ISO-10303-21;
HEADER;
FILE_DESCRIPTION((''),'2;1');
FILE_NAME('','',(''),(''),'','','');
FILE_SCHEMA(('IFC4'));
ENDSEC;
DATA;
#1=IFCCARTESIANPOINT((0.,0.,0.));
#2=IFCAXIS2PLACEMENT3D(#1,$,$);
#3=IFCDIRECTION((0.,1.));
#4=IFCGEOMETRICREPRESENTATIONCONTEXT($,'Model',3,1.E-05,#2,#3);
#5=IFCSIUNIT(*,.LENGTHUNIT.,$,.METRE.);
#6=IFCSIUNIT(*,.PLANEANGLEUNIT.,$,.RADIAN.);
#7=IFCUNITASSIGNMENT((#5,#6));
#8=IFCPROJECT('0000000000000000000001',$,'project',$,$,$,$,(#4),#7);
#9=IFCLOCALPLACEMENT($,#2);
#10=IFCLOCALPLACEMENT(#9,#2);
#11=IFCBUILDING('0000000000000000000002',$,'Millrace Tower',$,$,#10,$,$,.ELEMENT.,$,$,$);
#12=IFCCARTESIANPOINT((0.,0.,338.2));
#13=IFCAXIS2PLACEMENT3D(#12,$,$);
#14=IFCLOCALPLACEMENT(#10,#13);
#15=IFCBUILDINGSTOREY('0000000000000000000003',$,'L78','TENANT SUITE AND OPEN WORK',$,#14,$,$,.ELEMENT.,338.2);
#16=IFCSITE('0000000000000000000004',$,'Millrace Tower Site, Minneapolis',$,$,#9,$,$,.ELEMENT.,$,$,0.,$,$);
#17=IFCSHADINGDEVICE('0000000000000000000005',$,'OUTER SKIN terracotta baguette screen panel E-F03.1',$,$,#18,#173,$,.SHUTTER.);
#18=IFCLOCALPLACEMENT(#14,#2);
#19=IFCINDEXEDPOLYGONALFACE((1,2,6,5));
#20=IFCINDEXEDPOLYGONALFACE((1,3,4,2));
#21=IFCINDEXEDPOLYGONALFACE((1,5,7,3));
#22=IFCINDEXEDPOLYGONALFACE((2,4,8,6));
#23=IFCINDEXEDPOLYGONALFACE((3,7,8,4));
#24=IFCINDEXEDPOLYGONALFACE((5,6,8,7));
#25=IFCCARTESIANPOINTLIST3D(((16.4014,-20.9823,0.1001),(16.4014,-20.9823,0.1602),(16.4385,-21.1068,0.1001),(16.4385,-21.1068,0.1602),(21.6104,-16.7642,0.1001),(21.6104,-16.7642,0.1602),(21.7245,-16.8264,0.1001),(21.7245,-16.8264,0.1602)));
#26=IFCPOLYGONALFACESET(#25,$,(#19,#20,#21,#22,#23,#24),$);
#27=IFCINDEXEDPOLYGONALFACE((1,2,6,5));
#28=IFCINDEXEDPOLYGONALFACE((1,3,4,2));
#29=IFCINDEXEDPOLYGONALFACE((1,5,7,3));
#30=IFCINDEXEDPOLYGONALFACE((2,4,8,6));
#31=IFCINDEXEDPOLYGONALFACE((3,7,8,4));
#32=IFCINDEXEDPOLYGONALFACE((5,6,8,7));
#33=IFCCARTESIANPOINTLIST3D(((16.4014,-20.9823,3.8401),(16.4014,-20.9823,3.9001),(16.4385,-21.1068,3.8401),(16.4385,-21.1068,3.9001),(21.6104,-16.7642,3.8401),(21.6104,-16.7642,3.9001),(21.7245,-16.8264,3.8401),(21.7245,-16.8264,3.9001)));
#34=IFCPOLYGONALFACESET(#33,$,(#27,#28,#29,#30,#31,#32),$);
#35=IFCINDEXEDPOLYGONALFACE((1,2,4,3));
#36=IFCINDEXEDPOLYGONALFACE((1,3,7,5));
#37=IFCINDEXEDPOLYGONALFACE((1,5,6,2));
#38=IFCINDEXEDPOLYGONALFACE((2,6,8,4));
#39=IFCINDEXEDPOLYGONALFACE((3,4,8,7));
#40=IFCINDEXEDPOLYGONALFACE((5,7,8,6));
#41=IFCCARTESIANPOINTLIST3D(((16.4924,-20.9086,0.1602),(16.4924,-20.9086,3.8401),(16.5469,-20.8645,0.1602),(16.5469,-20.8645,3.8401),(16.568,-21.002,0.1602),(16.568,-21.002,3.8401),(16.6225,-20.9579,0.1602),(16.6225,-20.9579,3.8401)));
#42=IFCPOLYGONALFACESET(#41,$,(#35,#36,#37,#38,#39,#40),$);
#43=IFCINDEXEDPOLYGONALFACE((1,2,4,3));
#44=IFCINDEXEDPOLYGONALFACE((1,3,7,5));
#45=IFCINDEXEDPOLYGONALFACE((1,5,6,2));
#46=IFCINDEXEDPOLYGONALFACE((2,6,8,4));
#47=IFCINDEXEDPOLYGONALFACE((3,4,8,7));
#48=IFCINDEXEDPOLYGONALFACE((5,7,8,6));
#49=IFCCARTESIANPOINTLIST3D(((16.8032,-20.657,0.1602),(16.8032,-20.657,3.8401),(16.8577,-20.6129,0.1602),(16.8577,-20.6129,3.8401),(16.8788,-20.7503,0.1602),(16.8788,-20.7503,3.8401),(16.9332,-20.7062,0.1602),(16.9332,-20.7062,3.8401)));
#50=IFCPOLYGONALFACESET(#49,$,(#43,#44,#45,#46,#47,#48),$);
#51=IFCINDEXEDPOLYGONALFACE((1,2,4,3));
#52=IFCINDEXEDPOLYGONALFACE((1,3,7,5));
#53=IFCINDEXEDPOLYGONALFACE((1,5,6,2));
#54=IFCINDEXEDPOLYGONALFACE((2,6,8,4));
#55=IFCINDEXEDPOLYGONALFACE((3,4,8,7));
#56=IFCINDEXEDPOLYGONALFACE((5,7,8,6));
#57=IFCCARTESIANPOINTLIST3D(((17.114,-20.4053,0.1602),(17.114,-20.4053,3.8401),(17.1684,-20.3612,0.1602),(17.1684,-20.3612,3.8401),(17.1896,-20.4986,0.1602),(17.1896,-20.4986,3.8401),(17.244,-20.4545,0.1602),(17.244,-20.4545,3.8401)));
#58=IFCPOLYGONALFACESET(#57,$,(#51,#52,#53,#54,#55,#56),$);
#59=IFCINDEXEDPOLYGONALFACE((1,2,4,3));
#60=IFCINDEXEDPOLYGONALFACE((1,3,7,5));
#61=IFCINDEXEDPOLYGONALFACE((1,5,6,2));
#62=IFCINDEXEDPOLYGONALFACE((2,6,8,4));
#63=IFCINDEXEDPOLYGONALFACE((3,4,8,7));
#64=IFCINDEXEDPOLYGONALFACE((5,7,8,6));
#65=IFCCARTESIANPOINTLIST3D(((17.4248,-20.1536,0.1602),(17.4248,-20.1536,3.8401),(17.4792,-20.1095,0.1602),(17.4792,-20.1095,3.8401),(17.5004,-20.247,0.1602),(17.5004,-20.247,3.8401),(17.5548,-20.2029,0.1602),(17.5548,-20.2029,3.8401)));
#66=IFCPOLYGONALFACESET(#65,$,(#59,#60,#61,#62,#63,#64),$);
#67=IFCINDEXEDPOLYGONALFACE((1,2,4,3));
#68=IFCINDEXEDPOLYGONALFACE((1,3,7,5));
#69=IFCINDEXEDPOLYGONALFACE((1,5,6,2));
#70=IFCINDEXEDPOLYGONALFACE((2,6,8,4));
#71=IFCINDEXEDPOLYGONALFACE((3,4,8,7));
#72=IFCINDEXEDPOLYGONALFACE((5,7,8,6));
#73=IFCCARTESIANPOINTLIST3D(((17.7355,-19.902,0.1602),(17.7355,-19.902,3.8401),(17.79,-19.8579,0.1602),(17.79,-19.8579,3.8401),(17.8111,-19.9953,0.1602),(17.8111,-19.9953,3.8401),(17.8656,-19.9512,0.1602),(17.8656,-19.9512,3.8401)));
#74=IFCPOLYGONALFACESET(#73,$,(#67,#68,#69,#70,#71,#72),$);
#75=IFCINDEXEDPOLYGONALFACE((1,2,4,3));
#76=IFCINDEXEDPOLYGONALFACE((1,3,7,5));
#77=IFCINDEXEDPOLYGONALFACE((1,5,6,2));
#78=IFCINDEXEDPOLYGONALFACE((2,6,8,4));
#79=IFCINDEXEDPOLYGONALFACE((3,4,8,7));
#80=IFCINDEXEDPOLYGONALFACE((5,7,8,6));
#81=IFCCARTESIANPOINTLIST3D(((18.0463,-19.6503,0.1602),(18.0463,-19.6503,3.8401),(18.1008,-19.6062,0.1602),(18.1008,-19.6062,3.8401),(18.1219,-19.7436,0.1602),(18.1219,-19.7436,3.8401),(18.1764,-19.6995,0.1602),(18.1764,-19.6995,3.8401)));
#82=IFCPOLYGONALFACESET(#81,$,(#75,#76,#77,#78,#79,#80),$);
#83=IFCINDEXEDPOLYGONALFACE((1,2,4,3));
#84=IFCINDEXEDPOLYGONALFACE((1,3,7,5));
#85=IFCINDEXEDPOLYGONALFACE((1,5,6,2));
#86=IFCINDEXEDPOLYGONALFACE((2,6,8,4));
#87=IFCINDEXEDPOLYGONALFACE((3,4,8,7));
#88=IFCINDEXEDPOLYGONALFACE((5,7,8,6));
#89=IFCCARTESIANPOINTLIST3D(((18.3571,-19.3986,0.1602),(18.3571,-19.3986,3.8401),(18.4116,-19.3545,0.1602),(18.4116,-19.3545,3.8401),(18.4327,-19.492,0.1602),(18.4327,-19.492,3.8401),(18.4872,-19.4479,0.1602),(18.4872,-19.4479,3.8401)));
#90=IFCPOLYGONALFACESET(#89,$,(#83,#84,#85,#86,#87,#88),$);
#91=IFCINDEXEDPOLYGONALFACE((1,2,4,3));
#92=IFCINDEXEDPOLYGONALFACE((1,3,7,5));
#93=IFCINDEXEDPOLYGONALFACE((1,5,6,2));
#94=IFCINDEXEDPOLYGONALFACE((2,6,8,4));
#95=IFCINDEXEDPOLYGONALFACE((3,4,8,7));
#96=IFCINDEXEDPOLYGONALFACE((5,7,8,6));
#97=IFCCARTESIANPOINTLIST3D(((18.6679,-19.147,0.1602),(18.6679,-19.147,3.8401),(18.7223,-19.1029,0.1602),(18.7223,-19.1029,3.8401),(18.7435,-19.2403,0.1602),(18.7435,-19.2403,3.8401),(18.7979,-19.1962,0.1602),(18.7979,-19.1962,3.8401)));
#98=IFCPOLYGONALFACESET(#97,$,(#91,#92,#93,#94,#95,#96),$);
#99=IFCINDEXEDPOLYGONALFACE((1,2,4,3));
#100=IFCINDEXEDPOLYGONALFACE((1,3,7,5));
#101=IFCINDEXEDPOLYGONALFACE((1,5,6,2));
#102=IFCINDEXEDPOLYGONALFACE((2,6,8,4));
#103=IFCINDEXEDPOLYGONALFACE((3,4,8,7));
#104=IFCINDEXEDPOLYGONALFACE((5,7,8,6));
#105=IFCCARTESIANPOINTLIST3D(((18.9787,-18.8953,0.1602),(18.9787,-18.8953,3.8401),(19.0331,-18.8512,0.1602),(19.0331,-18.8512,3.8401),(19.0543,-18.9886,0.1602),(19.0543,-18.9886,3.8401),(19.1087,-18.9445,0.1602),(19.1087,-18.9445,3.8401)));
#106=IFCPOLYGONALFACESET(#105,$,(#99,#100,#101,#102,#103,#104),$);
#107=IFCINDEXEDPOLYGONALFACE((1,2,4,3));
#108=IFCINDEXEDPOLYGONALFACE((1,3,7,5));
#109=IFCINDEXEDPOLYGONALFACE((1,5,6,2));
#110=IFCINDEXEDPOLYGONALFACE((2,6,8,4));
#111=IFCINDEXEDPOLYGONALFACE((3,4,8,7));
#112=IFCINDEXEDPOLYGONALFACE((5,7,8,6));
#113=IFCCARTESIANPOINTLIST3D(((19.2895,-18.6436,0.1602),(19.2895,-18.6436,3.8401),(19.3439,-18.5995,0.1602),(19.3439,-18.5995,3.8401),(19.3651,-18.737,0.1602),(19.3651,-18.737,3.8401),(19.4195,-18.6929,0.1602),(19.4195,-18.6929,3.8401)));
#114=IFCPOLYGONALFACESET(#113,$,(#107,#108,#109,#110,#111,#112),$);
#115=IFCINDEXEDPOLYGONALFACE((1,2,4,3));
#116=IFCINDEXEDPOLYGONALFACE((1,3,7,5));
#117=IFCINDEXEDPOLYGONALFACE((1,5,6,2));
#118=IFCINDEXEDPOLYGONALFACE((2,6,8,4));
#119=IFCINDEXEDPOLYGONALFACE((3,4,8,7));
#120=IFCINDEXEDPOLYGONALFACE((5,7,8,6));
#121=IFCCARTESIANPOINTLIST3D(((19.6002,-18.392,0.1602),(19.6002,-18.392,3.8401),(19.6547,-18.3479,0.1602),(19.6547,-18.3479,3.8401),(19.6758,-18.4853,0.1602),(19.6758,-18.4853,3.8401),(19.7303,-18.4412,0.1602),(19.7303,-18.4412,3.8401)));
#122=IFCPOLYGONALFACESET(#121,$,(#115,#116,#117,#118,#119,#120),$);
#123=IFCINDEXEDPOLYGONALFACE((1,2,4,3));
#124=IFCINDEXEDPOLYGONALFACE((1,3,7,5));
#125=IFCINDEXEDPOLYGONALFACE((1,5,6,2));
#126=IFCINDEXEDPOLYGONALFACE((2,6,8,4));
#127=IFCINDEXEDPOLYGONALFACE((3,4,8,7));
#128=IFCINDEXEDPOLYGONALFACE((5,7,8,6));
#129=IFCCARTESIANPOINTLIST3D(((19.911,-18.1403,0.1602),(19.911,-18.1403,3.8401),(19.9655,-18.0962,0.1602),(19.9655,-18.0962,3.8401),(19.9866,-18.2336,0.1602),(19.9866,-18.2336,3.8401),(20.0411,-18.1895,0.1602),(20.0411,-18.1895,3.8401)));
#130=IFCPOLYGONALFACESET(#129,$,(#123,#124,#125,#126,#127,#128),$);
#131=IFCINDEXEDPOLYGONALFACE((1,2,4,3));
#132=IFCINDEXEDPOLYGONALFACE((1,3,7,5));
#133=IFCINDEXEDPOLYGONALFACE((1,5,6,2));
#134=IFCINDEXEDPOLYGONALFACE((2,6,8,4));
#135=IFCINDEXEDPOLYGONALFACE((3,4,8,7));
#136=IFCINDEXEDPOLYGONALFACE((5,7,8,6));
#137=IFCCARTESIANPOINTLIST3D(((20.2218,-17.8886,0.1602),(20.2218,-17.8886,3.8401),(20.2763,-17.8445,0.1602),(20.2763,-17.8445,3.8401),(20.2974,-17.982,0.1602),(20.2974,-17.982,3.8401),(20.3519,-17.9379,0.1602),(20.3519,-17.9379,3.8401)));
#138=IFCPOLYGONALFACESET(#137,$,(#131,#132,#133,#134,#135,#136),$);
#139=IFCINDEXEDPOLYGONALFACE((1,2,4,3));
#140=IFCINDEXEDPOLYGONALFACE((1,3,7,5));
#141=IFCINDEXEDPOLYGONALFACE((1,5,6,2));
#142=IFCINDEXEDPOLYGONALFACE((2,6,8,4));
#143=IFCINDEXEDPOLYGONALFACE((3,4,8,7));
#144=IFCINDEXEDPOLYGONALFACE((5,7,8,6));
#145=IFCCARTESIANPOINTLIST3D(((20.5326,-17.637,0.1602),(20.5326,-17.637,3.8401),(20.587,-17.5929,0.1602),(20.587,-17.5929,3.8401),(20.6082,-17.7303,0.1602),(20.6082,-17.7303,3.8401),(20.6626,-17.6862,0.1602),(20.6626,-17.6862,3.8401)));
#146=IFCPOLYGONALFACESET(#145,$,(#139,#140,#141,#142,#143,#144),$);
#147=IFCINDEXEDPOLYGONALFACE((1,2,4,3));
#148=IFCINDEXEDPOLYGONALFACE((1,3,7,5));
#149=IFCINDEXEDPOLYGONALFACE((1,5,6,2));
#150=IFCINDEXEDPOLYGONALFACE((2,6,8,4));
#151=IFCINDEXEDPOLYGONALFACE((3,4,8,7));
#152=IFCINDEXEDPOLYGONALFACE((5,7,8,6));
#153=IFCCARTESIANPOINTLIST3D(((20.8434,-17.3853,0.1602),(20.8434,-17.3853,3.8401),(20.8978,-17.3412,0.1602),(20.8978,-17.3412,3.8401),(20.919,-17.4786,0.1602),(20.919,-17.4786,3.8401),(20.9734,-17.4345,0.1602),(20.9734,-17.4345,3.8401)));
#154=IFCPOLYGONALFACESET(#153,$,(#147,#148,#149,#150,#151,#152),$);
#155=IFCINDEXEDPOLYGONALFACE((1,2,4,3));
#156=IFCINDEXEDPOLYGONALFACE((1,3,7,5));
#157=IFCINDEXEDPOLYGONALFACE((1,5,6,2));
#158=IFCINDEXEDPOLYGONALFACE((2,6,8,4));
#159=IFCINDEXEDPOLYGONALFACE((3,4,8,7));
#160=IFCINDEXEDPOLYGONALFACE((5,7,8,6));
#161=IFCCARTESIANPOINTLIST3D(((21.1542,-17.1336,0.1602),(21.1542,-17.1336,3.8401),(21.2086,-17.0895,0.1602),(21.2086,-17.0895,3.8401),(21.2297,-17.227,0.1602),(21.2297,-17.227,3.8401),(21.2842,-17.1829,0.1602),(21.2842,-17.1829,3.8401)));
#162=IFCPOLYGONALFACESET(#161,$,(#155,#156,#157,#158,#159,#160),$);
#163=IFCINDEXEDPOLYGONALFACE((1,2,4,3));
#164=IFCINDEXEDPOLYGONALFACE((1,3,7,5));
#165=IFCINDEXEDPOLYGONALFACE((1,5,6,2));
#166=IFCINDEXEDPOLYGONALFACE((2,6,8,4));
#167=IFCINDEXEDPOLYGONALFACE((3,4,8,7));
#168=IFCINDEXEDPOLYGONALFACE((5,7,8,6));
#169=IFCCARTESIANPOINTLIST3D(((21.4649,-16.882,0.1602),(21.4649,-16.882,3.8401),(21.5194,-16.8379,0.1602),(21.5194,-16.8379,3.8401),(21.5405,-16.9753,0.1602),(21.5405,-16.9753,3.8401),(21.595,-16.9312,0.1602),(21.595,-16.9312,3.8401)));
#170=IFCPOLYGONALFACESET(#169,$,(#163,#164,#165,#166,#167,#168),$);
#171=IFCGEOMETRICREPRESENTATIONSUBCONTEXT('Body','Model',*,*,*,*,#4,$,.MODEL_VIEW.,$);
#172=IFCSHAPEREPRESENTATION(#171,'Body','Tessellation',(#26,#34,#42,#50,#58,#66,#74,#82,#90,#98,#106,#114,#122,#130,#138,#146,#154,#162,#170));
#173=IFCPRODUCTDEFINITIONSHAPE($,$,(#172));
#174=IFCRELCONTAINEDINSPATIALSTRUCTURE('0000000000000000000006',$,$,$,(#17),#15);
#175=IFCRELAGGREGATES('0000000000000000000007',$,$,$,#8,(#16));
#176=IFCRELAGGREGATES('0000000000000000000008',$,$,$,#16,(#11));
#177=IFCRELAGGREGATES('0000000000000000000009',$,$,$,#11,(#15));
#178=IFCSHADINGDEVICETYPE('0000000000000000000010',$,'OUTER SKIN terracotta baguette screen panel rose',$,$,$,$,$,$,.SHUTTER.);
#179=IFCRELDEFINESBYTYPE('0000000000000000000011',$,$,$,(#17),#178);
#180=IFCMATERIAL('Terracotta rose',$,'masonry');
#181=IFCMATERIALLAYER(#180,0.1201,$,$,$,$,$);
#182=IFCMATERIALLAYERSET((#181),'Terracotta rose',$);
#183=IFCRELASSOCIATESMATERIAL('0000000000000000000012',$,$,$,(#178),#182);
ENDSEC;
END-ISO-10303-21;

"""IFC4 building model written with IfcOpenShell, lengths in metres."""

from ifc_helpers import new_model, entity, si_unit, direction, frame, frame_2d, origin, origin_2d, place, context, subcontext, project, spatial, rectangle, extrude, source, transform, mapped, material, layer, layer_set, type_object, element, save


model = new_model("IFC4")

# Units and contexts
model_context = context("Model", 3, precision=1e-05, world=origin(), true_north=direction((0.0, 1.0)))
body_context = subcontext(model_context, "Body", "Model", "MODEL_VIEW")
ifc_project = project(units=[si_unit("LENGTHUNIT", "METRE"), si_unit("PLANEANGLEUNIT", "RADIAN")], contexts=[model_context])

# Site, building, storey
site_placement = place(None, origin())
site = spatial("IfcSite", under=ifc_project, at=site_placement, Name="Millrace Tower Site, Minneapolis", CompositionType="ELEMENT", RefElevation=0.0)
building_placement = place(site_placement, origin())
building = spatial("IfcBuilding", under=site, at=building_placement, Name="Millrace Tower", CompositionType="ELEMENT")
storey_placement = place(building_placement, frame((0.0, 0.0, 338.2)))
storey = spatial("IfcBuildingStorey", under=building, at=storey_placement, Name="L78", Description="TENANT SUITE AND OPEN WORK", CompositionType="ELEMENT", Elevation=338.2)

# Shading device
ifc_material_1 = material(Name="Terracotta rose", Category="masonry")
ifc_layer_1 = layer(ifc_material_1, 0.1201)
ifc_layer_set_1 = layer_set([ifc_layer_1], Name="Terracotta rose")
shading_device_type = type_object("IfcShadingDeviceType", Name="OUTER SKIN terracotta baguette screen panel rose", PredefinedType="SHUTTER", material=ifc_layer_set_1)
cartesian_point_1 = entity("IfcCartesianPoint", [-3.3513, 0.0601])
shared_polyline_1 = entity("IfcPolyline", [cartesian_point_1, entity("IfcCartesianPoint", [3.3513, 0.0601]), entity("IfcCartesianPoint", [3.4009, -0.0601]), entity("IfcCartesianPoint", [-3.4009, -0.0601]), cartesian_point_1])
shared_shape_1 = source(origin(), body_context, "Body", "SweptSolid", [
    entity("IfcExtrudedAreaSolid", entity("IfcArbitraryClosedProfileDef", "AREA", None, shared_polyline_1), entity("IfcAxis2Placement3D", entity("IfcCartesianPoint", [0.0, 0.0, 0.0])), entity("IfcDirection", [0.0, 0.0, 1.0]), 0.0601),
    entity("IfcExtrudedAreaSolid", entity("IfcArbitraryClosedProfileDef", "AREA", None, shared_polyline_1), entity("IfcAxis2Placement3D", entity("IfcCartesianPoint", [0.0, 0.0, 3.74])), entity("IfcDirection", [0.0, 0.0, 1.0]), 0.0601),
    extrude(rectangle(XDim=0.0701, YDim=0.1201, at=frame_2d((-3.1992, 0.0))), frame((0.0, 0.0, 0.0601)), (0.0, 0.0, 1.0), 3.6799),
    extrude(rectangle(XDim=0.0701, YDim=0.1201, at=frame_2d((-2.7993, 0.0))), frame((0.0, 0.0, 0.0601)), (0.0, 0.0, 1.0), 3.6799),
    extrude(rectangle(XDim=0.0701, YDim=0.1201, at=frame_2d((-2.3994, 0.0))), frame((0.0, 0.0, 0.0601)), (0.0, 0.0, 1.0), 3.6799),
    extrude(rectangle(XDim=0.0701, YDim=0.1201, at=frame_2d((-1.9995, 0.0))), frame((0.0, 0.0, 0.0601)), (0.0, 0.0, 1.0), 3.6799),
    extrude(rectangle(XDim=0.0701, YDim=0.1201, at=frame_2d((-1.5996, 0.0))), frame((0.0, 0.0, 0.0601)), (0.0, 0.0, 1.0), 3.6799),
    extrude(rectangle(XDim=0.0701, YDim=0.1201, at=frame_2d((-1.1997, 0.0))), frame((0.0, 0.0, 0.0601)), (0.0, 0.0, 1.0), 3.6799),
    extrude(rectangle(XDim=0.0701, YDim=0.1201, at=frame_2d((-0.7998, 0.0))), frame((0.0, 0.0, 0.0601)), (0.0, 0.0, 1.0), 3.6799),
    extrude(rectangle(XDim=0.0701, YDim=0.1201, at=frame_2d((-0.3999, 0.0))), frame((0.0, 0.0, 0.0601)), (0.0, 0.0, 1.0), 3.6799),
    extrude(rectangle(XDim=0.0701, YDim=0.1201, at=origin_2d()), frame((0.0, 0.0, 0.0601)), (0.0, 0.0, 1.0), 3.6799),
    extrude(rectangle(XDim=0.0701, YDim=0.1201, at=frame_2d((0.3999, 0.0))), frame((0.0, 0.0, 0.0601)), (0.0, 0.0, 1.0), 3.6799),
    extrude(rectangle(XDim=0.0701, YDim=0.1201, at=frame_2d((0.7998, 0.0))), frame((0.0, 0.0, 0.0601)), (0.0, 0.0, 1.0), 3.6799),
    extrude(rectangle(XDim=0.0701, YDim=0.1201, at=frame_2d((1.1997, 0.0))), frame((0.0, 0.0, 0.0601)), (0.0, 0.0, 1.0), 3.6799),
    extrude(rectangle(XDim=0.0701, YDim=0.1201, at=frame_2d((1.5996, 0.0))), frame((0.0, 0.0, 0.0601)), (0.0, 0.0, 1.0), 3.6799),
    extrude(rectangle(XDim=0.0701, YDim=0.1201, at=frame_2d((1.9995, 0.0))), frame((0.0, 0.0, 0.0601)), (0.0, 0.0, 1.0), 3.6799),
    extrude(rectangle(XDim=0.0701, YDim=0.1201, at=frame_2d((2.3994, 0.0))), frame((0.0, 0.0, 0.0601)), (0.0, 0.0, 1.0), 3.6799),
    extrude(rectangle(XDim=0.0701, YDim=0.1201, at=frame_2d((2.7993, 0.0))), frame((0.0, 0.0, 0.0601)), (0.0, 0.0, 1.0), 3.6799),
    extrude(rectangle(XDim=0.0701, YDim=0.1201, at=frame_2d((3.1992, 0.0))), frame((0.0, 0.0, 0.0601)), (0.0, 0.0, 1.0), 3.6799),
])
shading_device_1_placement = place(storey_placement, frame((19.0437, -18.9199, 0.1001), z_axis=(0.0, 0.0, 1.0), x_axis=(0.777146, 0.62932, 0.0)))
element("IfcShadingDevice", 1, at=shading_device_1_placement, inside=storey, type_object=shading_device_type, Name="OUTER SKIN terracotta baguette screen panel E-F03.1", PredefinedType="SHUTTER", context=body_context, shape_type="MappedRepresentation", body=[
    mapped(shared_shape_1, transform((0.0, 0.0, 0.0), scale=1.0)),
])

save(model, "model.ifc")
